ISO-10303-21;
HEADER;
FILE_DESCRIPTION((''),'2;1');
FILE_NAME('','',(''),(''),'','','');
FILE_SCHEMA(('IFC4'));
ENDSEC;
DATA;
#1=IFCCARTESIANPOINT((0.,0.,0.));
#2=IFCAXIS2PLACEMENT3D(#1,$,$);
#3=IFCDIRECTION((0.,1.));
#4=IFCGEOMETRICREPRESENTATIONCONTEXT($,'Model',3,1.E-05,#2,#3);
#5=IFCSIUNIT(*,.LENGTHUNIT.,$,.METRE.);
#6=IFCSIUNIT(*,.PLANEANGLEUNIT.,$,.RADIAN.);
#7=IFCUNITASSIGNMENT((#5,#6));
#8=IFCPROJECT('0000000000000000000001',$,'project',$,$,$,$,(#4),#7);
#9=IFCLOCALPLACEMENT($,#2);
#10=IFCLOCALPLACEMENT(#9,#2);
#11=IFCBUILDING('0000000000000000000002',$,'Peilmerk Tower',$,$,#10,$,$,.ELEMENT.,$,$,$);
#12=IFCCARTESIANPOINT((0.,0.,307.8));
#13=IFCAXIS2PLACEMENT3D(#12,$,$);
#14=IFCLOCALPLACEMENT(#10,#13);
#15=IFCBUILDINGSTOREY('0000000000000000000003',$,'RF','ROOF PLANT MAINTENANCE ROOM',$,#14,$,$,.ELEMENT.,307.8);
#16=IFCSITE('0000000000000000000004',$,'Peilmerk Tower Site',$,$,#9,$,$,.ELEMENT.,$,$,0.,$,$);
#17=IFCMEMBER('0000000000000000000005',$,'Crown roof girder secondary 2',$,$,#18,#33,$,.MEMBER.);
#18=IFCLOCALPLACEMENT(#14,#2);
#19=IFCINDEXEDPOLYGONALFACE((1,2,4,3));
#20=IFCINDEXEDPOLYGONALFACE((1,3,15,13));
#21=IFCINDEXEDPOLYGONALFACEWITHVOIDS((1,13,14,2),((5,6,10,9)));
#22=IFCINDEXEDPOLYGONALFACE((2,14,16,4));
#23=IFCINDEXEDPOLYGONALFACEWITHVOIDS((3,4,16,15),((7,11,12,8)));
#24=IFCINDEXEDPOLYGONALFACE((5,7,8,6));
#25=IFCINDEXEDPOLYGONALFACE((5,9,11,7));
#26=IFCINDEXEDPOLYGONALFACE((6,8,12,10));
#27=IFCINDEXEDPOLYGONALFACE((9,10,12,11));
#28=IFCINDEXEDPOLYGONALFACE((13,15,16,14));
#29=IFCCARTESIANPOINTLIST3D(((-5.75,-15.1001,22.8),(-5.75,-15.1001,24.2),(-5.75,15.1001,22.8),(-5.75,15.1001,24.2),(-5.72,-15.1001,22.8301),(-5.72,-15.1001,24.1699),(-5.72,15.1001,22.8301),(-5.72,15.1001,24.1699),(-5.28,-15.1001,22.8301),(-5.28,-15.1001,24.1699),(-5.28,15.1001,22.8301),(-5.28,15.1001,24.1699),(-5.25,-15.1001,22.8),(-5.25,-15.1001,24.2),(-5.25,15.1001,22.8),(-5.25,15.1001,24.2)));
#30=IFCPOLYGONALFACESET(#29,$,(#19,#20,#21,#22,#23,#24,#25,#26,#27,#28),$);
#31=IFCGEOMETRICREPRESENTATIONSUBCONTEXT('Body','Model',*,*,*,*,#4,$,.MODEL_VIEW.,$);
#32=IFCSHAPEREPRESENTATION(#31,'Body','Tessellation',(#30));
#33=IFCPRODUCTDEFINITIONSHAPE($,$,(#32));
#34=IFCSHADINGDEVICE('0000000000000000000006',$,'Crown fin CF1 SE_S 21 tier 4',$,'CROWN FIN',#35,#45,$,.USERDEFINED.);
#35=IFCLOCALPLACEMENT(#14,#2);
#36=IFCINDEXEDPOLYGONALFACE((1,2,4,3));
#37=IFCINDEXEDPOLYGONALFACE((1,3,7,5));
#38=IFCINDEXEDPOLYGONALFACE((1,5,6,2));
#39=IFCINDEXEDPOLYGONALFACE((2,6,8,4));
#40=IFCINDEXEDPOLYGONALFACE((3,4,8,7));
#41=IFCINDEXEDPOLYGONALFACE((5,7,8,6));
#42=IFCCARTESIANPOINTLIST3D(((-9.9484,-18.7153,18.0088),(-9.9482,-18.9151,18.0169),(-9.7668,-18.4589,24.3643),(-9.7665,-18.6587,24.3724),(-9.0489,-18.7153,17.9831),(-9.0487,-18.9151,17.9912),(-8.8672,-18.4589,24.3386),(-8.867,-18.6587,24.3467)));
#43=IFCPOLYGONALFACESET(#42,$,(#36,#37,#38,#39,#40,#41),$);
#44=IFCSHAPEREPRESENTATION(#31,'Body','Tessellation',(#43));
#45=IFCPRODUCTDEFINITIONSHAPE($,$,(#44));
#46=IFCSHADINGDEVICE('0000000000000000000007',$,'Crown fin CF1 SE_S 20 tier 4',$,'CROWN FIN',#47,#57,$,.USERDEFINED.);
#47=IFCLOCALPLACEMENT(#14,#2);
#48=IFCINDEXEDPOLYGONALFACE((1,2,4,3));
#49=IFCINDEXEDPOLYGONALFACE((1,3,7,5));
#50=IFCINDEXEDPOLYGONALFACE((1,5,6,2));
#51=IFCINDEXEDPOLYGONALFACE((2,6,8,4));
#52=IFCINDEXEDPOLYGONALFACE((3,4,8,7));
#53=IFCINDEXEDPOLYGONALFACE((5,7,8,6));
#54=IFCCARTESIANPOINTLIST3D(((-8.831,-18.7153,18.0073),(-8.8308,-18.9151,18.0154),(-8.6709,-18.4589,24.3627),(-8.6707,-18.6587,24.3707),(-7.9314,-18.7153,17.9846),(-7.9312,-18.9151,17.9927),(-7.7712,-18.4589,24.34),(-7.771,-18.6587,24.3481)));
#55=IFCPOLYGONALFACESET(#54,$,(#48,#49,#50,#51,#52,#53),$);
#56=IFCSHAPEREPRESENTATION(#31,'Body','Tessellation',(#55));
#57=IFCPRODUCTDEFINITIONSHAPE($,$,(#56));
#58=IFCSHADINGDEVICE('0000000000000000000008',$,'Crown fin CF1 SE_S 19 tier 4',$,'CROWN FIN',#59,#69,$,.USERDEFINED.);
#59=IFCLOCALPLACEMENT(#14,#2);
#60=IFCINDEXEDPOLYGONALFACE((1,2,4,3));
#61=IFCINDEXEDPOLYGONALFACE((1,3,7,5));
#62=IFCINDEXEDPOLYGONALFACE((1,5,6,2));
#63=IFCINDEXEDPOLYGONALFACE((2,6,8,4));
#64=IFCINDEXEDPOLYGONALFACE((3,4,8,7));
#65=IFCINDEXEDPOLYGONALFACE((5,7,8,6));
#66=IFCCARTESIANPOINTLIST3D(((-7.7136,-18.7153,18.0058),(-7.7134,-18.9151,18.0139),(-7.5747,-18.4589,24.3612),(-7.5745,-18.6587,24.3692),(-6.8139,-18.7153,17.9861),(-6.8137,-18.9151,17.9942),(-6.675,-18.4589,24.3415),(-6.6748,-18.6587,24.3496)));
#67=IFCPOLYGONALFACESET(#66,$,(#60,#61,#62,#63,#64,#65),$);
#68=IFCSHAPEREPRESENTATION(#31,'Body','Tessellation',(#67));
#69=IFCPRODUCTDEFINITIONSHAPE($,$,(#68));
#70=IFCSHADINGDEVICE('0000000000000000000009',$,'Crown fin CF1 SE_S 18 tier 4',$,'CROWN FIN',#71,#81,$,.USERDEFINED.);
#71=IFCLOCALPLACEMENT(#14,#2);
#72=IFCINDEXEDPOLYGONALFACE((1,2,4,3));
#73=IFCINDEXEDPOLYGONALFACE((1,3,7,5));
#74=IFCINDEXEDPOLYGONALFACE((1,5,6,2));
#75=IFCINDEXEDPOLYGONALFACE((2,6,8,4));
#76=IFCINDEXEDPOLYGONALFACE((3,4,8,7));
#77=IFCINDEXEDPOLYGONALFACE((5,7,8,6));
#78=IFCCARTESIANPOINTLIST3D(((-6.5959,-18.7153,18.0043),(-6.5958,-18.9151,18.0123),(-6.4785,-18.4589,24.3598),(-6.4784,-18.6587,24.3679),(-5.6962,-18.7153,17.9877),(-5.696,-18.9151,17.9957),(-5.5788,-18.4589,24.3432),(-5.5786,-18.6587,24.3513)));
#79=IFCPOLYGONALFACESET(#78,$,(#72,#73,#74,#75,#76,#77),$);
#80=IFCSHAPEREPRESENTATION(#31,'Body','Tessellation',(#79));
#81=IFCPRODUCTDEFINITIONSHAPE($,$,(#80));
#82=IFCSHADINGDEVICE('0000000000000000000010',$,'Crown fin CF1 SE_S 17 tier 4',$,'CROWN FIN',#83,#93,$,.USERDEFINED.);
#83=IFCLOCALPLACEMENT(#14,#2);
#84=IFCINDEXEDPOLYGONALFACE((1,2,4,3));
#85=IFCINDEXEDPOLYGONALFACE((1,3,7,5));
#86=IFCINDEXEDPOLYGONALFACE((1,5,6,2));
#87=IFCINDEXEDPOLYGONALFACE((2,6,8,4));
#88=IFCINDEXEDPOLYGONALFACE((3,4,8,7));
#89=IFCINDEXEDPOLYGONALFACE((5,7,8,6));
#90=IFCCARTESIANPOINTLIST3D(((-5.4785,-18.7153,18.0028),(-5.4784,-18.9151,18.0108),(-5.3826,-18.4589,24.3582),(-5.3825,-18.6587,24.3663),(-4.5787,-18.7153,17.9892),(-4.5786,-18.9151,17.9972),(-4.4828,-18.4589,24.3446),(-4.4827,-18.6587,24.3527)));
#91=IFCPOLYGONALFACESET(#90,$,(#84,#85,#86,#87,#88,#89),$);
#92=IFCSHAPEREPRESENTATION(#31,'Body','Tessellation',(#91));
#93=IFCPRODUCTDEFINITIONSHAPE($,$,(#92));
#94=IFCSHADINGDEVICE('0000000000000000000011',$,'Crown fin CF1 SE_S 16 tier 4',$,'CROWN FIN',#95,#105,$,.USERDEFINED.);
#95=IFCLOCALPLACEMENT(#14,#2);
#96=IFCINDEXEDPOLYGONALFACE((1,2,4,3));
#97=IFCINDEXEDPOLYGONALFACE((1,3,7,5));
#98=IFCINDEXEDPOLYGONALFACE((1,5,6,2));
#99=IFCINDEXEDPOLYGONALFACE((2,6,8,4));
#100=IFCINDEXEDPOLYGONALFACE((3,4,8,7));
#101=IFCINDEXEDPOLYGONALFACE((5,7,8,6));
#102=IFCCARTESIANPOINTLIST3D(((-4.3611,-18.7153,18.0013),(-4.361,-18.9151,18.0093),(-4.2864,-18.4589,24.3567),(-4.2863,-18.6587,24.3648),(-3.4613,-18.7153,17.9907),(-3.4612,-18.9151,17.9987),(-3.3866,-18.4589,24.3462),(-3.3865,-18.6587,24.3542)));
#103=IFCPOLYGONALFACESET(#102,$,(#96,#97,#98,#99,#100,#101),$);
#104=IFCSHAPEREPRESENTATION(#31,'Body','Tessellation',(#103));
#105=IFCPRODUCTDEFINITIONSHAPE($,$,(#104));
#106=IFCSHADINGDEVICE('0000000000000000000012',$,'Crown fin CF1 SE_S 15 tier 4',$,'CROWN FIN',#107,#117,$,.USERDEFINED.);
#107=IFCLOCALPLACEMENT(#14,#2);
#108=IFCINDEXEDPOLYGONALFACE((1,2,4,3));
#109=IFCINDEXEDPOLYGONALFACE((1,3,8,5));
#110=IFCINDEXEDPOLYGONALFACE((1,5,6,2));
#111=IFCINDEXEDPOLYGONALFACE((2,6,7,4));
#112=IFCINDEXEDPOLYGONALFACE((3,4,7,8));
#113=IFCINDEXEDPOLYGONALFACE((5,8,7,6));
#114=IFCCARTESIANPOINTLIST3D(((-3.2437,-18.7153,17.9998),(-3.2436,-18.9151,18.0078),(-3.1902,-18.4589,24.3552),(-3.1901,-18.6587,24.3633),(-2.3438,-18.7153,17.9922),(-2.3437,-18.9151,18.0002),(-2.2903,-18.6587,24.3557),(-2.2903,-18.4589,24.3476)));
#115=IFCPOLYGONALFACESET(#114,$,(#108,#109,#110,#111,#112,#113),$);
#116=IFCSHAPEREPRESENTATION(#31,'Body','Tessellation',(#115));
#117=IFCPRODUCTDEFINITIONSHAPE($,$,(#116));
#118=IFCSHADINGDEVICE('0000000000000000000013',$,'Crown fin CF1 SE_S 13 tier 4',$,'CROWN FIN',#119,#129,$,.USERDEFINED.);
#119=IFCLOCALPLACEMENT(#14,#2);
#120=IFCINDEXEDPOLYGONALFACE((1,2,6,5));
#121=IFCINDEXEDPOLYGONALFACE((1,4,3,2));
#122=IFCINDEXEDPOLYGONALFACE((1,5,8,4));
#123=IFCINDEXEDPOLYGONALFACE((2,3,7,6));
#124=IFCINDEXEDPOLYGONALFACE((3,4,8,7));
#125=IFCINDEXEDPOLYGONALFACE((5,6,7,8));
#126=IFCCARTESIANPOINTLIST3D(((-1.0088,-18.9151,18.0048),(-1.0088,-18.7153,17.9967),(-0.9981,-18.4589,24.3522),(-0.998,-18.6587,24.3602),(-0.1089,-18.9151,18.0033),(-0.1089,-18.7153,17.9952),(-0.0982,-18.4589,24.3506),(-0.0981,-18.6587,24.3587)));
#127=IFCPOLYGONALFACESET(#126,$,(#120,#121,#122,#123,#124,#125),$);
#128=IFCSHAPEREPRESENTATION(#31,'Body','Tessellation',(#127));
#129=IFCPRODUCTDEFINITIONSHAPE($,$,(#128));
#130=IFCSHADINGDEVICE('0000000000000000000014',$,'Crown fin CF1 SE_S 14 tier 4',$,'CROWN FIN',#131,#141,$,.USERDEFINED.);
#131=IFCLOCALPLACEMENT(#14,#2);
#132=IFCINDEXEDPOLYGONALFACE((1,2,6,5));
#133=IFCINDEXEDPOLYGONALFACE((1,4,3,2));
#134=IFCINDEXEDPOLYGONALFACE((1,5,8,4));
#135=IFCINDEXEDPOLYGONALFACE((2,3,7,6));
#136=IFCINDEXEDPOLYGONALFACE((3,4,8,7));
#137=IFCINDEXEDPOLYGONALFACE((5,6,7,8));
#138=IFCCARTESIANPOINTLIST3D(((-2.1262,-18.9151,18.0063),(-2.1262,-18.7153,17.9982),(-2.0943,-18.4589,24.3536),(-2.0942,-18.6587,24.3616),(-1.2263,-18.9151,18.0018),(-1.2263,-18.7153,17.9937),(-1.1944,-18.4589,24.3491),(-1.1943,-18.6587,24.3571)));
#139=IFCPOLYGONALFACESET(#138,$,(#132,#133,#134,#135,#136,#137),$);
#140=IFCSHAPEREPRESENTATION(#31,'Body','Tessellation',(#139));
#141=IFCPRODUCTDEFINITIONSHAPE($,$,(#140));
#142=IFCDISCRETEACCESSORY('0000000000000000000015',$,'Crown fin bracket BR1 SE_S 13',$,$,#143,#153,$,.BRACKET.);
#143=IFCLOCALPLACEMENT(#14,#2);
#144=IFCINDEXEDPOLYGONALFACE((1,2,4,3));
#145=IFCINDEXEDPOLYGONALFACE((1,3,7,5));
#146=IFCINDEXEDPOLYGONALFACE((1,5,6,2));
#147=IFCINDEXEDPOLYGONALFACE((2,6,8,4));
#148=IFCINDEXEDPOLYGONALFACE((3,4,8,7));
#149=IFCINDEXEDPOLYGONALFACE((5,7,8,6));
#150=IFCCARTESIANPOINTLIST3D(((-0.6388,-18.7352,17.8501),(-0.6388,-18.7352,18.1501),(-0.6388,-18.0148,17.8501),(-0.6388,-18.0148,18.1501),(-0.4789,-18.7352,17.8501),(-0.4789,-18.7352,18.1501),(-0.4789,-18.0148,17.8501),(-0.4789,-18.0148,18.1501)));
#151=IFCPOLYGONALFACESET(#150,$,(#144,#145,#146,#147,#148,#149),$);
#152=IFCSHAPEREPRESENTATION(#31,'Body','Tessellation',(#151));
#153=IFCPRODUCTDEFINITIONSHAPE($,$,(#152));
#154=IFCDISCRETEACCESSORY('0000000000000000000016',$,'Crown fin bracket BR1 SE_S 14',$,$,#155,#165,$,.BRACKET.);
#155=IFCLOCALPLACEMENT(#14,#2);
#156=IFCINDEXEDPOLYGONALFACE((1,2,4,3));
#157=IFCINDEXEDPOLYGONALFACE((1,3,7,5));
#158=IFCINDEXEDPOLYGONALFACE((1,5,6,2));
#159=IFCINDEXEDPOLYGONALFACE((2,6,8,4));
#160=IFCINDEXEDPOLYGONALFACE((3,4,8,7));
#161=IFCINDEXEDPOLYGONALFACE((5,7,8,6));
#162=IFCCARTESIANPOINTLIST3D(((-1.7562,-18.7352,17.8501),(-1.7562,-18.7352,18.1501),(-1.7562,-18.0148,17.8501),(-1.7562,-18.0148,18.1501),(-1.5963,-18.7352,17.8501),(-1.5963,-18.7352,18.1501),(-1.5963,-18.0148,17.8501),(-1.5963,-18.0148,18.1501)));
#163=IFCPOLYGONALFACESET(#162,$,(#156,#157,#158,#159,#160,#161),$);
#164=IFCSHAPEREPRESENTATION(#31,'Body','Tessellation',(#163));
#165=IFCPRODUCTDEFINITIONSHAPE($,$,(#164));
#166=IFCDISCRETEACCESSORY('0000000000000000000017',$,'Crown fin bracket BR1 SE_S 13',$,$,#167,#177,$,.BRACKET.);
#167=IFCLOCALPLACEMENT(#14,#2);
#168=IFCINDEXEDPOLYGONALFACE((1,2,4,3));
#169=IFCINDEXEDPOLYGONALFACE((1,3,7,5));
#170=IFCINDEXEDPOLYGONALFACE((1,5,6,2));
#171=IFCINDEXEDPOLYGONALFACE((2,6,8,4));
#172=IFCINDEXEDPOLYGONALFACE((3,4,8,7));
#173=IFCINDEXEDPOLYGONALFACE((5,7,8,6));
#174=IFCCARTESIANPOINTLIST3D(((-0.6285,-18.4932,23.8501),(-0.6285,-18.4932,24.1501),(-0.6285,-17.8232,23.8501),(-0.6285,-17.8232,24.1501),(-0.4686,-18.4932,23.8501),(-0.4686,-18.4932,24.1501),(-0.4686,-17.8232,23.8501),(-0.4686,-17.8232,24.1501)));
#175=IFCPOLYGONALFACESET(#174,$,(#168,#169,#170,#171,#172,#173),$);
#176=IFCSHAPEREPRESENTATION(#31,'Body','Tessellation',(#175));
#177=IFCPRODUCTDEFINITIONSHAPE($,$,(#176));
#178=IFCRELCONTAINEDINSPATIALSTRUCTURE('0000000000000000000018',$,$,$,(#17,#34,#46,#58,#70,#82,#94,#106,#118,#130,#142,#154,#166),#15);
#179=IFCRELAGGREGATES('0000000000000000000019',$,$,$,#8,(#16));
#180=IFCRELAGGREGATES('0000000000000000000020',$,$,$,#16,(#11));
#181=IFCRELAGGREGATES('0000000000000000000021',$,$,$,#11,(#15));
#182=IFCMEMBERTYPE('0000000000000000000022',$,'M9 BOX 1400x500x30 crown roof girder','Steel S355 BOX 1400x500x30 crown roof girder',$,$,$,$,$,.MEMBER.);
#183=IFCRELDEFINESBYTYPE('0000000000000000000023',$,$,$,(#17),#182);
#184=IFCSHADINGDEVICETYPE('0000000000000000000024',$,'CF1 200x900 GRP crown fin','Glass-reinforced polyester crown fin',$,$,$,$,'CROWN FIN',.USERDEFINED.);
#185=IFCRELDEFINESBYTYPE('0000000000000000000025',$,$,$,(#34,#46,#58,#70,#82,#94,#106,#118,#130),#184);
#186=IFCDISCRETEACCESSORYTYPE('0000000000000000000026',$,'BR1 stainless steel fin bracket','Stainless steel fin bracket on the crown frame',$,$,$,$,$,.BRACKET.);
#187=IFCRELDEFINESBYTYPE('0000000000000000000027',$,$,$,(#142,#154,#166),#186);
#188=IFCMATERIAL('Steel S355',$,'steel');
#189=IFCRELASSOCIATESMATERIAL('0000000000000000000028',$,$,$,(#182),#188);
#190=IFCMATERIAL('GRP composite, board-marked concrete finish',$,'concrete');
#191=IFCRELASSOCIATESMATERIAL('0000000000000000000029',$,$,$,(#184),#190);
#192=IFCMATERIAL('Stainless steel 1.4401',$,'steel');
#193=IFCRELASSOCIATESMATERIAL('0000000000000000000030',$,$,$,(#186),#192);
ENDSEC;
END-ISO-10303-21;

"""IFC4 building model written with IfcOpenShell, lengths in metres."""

from ifc_helpers import new_model, si_unit, direction, frame, origin, origin_2d, place, context, subcontext, project, spatial, rectangle, hollow_rectangle, extrude, source, transform, mapped, material, material_profile, profile_set, type_object, element, save


model = new_model("IFC4")

# Units and contexts
model_context = context("Model", 3, precision=1e-05, world=origin(), true_north=direction((0.0, 1.0)))
body_context = subcontext(model_context, "Body", "Model", "MODEL_VIEW")
ifc_project = project(units=[si_unit("LENGTHUNIT", "METRE"), si_unit("PLANEANGLEUNIT", "RADIAN")], contexts=[model_context])

# Site, building, storey
site_placement = place(None, origin())
site = spatial("IfcSite", under=ifc_project, at=site_placement, Name="Peilmerk Tower Site", CompositionType="ELEMENT", RefElevation=0.0)
building_placement = place(site_placement, origin())
building = spatial("IfcBuilding", under=site, at=building_placement, Name="Peilmerk Tower", CompositionType="ELEMENT")
storey_placement = place(building_placement, frame((0.0, 0.0, 307.8)))
storey = spatial("IfcBuildingStorey", under=building, at=storey_placement, Name="RF", Description="ROOF PLANT MAINTENANCE ROOM", CompositionType="ELEMENT", Elevation=307.8)

# Member
ifc_material_1 = material(Name="Steel S355", Category="steel")
ifc_material_profile_1 = material_profile(ifc_material_1, hollow_rectangle(XDim=0.5, YDim=1.3999, WallThickness=0.03, at=origin_2d()), Name="BOX 1400x500x30")
ifc_profile_set_1 = profile_set([ifc_material_profile_1], Name="Steel S355")
member_type = type_object("IfcMemberType", Name="M9 BOX 1400x500x30 crown roof girder", Description="Steel S355 BOX 1400x500x30 crown roof girder", PredefinedType="MEMBER", material=ifc_profile_set_1)
member_placement = place(storey_placement, frame((-5.5, -15.1001, 23.5), z_axis=(0.0, 1.0, 0.0), x_axis=(-1.0, 0.0, 0.0)))
element("IfcMember", 1, at=member_placement, inside=storey, type_object=member_type, Name="Crown roof girder secondary 2", PredefinedType="MEMBER", context=body_context, shape_type="SweptSolid", body=[
    extrude(hollow_rectangle(XDim=0.5, YDim=1.3999, WallThickness=0.03, at=origin_2d()), origin(), (0.0, 0.0, 1.0), 30.2002),
])

# Shading devices
ifc_material_2 = material(Name="GRP composite, board-marked concrete finish", Category="concrete")
ifc_material_profile_2 = material_profile(ifc_material_2, rectangle(XDim=0.2, YDim=0.8999, at=origin_2d()), Name="CF1 200x900")
ifc_profile_set_2 = profile_set([ifc_material_profile_2], Name="GRP composite, board-marked concrete finish")
shading_device_type = type_object("IfcShadingDeviceType", Name="CF1 200x900 GRP crown fin", Description="Glass-reinforced polyester crown fin", ElementType="CROWN FIN", PredefinedType="USERDEFINED", material=ifc_profile_set_2)
shared_shape_1 = source(origin(), body_context, "Body", "SweptSolid", [
    extrude(rectangle(XDim=0.2, YDim=0.8999, at=origin_2d()), origin(), (0.0, 0.0, 1.0), 6.3633),
])
shading_device_1_placement = place(storey_placement, frame((-9.4985, -18.8152, 18.0), z_axis=(0.028545, 0.040286, 0.99878), x_axis=(0.001151, -0.999188, 0.040269)))
element("IfcShadingDevice", 2, at=shading_device_1_placement, inside=storey, type_object=shading_device_type, Name="Crown fin CF1 SE_S 21 tier 4", ObjectType="CROWN FIN", PredefinedType="USERDEFINED", context=body_context, shape_type="MappedRepresentation", body=[
    mapped(shared_shape_1, transform((0.0, 0.0, 0.0), scale=1.0)),
])
shared_shape_2 = source(origin(), body_context, "Body", "SweptSolid", [
    extrude(rectangle(XDim=0.2, YDim=0.8999, at=origin_2d()), origin(), (0.0, 0.0, 1.0), 6.3625),
])
shading_device_2_placement = place(storey_placement, frame((-8.3811, -18.8152, 18.0), z_axis=(0.025171, 0.040289, 0.998871), x_axis=(0.001015, -0.999188, 0.040277)))
element("IfcShadingDevice", 3, at=shading_device_2_placement, inside=storey, type_object=shading_device_type, Name="Crown fin CF1 SE_S 20 tier 4", ObjectType="CROWN FIN", PredefinedType="USERDEFINED", context=body_context, shape_type="MappedRepresentation", body=[
    mapped(shared_shape_2, transform((0.0, 0.0, 0.0), scale=1.0)),
])
shared_shape_3 = source(origin(), body_context, "Body", "SweptSolid", [
    extrude(rectangle(XDim=0.2, YDim=0.8999, at=origin_2d()), origin(), (0.0, 0.0, 1.0), 6.3621),
])
shading_device_3_placement = place(storey_placement, frame((-7.2637, -18.8152, 18.0), z_axis=(0.021835, 0.040293, 0.998949), x_axis=(0.00088, -0.999188, 0.040283)))
element("IfcShadingDevice", 4, at=shading_device_3_placement, inside=storey, type_object=shading_device_type, Name="Crown fin CF1 SE_S 19 tier 4", ObjectType="CROWN FIN", PredefinedType="USERDEFINED", context=body_context, shape_type="MappedRepresentation", body=[
    mapped(shared_shape_3, transform((0.0, 0.0, 0.0), scale=1.0)),
])
shared_shape_4 = source(origin(), body_context, "Body", "SweptSolid", [
    extrude(rectangle(XDim=0.2, YDim=0.8999, at=origin_2d()), origin(), (0.0, 0.0, 1.0), 6.3618),
])
shading_device_4_placement = place(storey_placement, frame((-6.146, -18.8152, 18.0), z_axis=(0.018459, 0.040295, 0.999017), x_axis=(0.000744, -0.999188, 0.040288)))
element("IfcShadingDevice", 5, at=shading_device_4_placement, inside=storey, type_object=shading_device_type, Name="Crown fin CF1 SE_S 18 tier 4", ObjectType="CROWN FIN", PredefinedType="USERDEFINED", context=body_context, shape_type="MappedRepresentation", body=[
    mapped(shared_shape_4, transform((0.0, 0.0, 0.0), scale=1.0)),
])
shared_shape_5 = source(origin(), body_context, "Body", "SweptSolid", [
    extrude(rectangle(XDim=0.2, YDim=0.8999, at=origin_2d()), origin(), (0.0, 0.0, 1.0), 6.3613),
])
shading_device_5_placement = place(storey_placement, frame((-5.0286, -18.8152, 18.0), z_axis=(0.015083, 0.040298, 0.999074), x_axis=(0.000608, -0.999188, 0.040293)))
element("IfcShadingDevice", 6, at=shading_device_5_placement, inside=storey, type_object=shading_device_type, Name="Crown fin CF1 SE_S 17 tier 4", ObjectType="CROWN FIN", PredefinedType="USERDEFINED", context=body_context, shape_type="MappedRepresentation", body=[
    mapped(shared_shape_5, transform((0.0, 0.0, 0.0), scale=1.0)),
])
shared_shape_6 = source(origin(), body_context, "Body", "SweptSolid", [
    extrude(rectangle(XDim=0.2, YDim=0.8999, at=origin_2d()), origin(), (0.0, 0.0, 1.0), 6.3611),
])
shading_device_6_placement = place(storey_placement, frame((-3.9111, -18.8152, 18.0), z_axis=(0.011744, 0.040299, 0.999119), x_axis=(0.000474, -0.999188, 0.040297)))
element("IfcShadingDevice", 7, at=shading_device_6_placement, inside=storey, type_object=shading_device_type, Name="Crown fin CF1 SE_S 16 tier 4", ObjectType="CROWN FIN", PredefinedType="USERDEFINED", context=body_context, shape_type="MappedRepresentation", body=[
    mapped(shared_shape_6, transform((0.0, 0.0, 0.0), scale=1.0)),
])
shared_shape_7 = source(origin(), body_context, "Body", "SweptSolid", [
    extrude(rectangle(XDim=0.2, YDim=0.8999, at=origin_2d()), origin(), (0.0, 0.0, 1.0), 6.3608),
])
shading_device_7_placement = place(storey_placement, frame((-2.7937, -18.8152, 18.0), z_axis=(0.008406, 0.040301, 0.999152), x_axis=(0.000339, -0.999188, 0.040299)))
element("IfcShadingDevice", 8, at=shading_device_7_placement, inside=storey, type_object=shading_device_type, Name="Crown fin CF1 SE_S 15 tier 4", ObjectType="CROWN FIN", PredefinedType="USERDEFINED", context=body_context, shape_type="MappedRepresentation", body=[
    mapped(shared_shape_7, transform((0.0, 0.0, 0.0), scale=1.0)),
])
shared_shape_8 = source(origin(), body_context, "Body", "SweptSolid", [
    extrude(rectangle(XDim=0.2, YDim=0.8999, at=origin_2d()), origin(), (0.0, 0.0, 1.0), 6.3606),
])
for number, where, z_axis, x_axis, name in (
    (9, (-0.5588, -18.8152, 18.0), (0.001689, 0.040302, 0.999186), (0.000068, -0.999188, 0.040302), "Crown fin CF1 SE_S 13 tier 4"),
    (10, (-1.6763, -18.8152, 18.0), (0.005028, 0.040302, 0.999175), (0.000203, -0.999188, 0.040301), "Crown fin CF1 SE_S 14 tier 4"),
):
    element("IfcShadingDevice", number, at=place(storey_placement, frame(where, z_axis=z_axis, x_axis=x_axis)), inside=storey, type_object=shading_device_type, Name=name, ObjectType="CROWN FIN", PredefinedType="USERDEFINED", context=body_context, shape_type="MappedRepresentation", body=[
        mapped(shared_shape_8, transform((0.0, 0.0, 0.0), scale=1.0)),
    ])

# Discrete accessories
ifc_material_3 = material(Name="Stainless steel 1.4401", Category="steel")
discrete_accessory_type = type_object("IfcDiscreteAccessoryType", Name="BR1 stainless steel fin bracket", Description="Stainless steel fin bracket on the crown frame", PredefinedType="BRACKET", material=ifc_material_3)
shared_shape_9 = source(origin(), body_context, "Body", "SweptSolid", [
    extrude(rectangle(XDim=0.7205, YDim=0.1599, at=origin_2d()), origin(), (0.0, 0.0, 1.0), 0.3),
])
for number, where, z_axis, x_axis, name in (
    (11, (-0.5588, -18.375, 17.8501), (0.0, 0.0, 1.0), (0.0, -1.0, 0.0), "Crown fin bracket BR1 SE_S 13"),
    (12, (-1.6763, -18.375, 17.8501), (0.0, 0.0, 1.0), (0.0, -1.0, 0.0), "Crown fin bracket BR1 SE_S 14"),
):
    element("IfcDiscreteAccessory", number, at=place(storey_placement, frame(where, z_axis=z_axis, x_axis=x_axis)), inside=storey, type_object=discrete_accessory_type, Name=name, PredefinedType="BRACKET", context=body_context, shape_type="MappedRepresentation", body=[
        mapped(shared_shape_9, transform((0.0, 0.0, 0.0), scale=1.0)),
    ])
shared_shape_10 = source(origin(), body_context, "Body", "SweptSolid", [
    extrude(rectangle(XDim=0.6699, YDim=0.1599, at=origin_2d()), origin(), (0.0, 0.0, 1.0), 0.3),
])
for number, where, z_axis, x_axis, name in (
    (13, (-0.5486, -18.1582, 23.8501), (0.0, 0.0, 1.0), (0.0, -1.0, 0.0), "Crown fin bracket BR1 SE_S 13"),
):
    element("IfcDiscreteAccessory", number, at=place(storey_placement, frame(where, z_axis=z_axis, x_axis=x_axis)), inside=storey, type_object=discrete_accessory_type, Name=name, PredefinedType="BRACKET", context=body_context, shape_type="MappedRepresentation", body=[
        mapped(shared_shape_10, transform((0.0, 0.0, 0.0), scale=1.0)),
    ])

save(model, "model.ifc")
